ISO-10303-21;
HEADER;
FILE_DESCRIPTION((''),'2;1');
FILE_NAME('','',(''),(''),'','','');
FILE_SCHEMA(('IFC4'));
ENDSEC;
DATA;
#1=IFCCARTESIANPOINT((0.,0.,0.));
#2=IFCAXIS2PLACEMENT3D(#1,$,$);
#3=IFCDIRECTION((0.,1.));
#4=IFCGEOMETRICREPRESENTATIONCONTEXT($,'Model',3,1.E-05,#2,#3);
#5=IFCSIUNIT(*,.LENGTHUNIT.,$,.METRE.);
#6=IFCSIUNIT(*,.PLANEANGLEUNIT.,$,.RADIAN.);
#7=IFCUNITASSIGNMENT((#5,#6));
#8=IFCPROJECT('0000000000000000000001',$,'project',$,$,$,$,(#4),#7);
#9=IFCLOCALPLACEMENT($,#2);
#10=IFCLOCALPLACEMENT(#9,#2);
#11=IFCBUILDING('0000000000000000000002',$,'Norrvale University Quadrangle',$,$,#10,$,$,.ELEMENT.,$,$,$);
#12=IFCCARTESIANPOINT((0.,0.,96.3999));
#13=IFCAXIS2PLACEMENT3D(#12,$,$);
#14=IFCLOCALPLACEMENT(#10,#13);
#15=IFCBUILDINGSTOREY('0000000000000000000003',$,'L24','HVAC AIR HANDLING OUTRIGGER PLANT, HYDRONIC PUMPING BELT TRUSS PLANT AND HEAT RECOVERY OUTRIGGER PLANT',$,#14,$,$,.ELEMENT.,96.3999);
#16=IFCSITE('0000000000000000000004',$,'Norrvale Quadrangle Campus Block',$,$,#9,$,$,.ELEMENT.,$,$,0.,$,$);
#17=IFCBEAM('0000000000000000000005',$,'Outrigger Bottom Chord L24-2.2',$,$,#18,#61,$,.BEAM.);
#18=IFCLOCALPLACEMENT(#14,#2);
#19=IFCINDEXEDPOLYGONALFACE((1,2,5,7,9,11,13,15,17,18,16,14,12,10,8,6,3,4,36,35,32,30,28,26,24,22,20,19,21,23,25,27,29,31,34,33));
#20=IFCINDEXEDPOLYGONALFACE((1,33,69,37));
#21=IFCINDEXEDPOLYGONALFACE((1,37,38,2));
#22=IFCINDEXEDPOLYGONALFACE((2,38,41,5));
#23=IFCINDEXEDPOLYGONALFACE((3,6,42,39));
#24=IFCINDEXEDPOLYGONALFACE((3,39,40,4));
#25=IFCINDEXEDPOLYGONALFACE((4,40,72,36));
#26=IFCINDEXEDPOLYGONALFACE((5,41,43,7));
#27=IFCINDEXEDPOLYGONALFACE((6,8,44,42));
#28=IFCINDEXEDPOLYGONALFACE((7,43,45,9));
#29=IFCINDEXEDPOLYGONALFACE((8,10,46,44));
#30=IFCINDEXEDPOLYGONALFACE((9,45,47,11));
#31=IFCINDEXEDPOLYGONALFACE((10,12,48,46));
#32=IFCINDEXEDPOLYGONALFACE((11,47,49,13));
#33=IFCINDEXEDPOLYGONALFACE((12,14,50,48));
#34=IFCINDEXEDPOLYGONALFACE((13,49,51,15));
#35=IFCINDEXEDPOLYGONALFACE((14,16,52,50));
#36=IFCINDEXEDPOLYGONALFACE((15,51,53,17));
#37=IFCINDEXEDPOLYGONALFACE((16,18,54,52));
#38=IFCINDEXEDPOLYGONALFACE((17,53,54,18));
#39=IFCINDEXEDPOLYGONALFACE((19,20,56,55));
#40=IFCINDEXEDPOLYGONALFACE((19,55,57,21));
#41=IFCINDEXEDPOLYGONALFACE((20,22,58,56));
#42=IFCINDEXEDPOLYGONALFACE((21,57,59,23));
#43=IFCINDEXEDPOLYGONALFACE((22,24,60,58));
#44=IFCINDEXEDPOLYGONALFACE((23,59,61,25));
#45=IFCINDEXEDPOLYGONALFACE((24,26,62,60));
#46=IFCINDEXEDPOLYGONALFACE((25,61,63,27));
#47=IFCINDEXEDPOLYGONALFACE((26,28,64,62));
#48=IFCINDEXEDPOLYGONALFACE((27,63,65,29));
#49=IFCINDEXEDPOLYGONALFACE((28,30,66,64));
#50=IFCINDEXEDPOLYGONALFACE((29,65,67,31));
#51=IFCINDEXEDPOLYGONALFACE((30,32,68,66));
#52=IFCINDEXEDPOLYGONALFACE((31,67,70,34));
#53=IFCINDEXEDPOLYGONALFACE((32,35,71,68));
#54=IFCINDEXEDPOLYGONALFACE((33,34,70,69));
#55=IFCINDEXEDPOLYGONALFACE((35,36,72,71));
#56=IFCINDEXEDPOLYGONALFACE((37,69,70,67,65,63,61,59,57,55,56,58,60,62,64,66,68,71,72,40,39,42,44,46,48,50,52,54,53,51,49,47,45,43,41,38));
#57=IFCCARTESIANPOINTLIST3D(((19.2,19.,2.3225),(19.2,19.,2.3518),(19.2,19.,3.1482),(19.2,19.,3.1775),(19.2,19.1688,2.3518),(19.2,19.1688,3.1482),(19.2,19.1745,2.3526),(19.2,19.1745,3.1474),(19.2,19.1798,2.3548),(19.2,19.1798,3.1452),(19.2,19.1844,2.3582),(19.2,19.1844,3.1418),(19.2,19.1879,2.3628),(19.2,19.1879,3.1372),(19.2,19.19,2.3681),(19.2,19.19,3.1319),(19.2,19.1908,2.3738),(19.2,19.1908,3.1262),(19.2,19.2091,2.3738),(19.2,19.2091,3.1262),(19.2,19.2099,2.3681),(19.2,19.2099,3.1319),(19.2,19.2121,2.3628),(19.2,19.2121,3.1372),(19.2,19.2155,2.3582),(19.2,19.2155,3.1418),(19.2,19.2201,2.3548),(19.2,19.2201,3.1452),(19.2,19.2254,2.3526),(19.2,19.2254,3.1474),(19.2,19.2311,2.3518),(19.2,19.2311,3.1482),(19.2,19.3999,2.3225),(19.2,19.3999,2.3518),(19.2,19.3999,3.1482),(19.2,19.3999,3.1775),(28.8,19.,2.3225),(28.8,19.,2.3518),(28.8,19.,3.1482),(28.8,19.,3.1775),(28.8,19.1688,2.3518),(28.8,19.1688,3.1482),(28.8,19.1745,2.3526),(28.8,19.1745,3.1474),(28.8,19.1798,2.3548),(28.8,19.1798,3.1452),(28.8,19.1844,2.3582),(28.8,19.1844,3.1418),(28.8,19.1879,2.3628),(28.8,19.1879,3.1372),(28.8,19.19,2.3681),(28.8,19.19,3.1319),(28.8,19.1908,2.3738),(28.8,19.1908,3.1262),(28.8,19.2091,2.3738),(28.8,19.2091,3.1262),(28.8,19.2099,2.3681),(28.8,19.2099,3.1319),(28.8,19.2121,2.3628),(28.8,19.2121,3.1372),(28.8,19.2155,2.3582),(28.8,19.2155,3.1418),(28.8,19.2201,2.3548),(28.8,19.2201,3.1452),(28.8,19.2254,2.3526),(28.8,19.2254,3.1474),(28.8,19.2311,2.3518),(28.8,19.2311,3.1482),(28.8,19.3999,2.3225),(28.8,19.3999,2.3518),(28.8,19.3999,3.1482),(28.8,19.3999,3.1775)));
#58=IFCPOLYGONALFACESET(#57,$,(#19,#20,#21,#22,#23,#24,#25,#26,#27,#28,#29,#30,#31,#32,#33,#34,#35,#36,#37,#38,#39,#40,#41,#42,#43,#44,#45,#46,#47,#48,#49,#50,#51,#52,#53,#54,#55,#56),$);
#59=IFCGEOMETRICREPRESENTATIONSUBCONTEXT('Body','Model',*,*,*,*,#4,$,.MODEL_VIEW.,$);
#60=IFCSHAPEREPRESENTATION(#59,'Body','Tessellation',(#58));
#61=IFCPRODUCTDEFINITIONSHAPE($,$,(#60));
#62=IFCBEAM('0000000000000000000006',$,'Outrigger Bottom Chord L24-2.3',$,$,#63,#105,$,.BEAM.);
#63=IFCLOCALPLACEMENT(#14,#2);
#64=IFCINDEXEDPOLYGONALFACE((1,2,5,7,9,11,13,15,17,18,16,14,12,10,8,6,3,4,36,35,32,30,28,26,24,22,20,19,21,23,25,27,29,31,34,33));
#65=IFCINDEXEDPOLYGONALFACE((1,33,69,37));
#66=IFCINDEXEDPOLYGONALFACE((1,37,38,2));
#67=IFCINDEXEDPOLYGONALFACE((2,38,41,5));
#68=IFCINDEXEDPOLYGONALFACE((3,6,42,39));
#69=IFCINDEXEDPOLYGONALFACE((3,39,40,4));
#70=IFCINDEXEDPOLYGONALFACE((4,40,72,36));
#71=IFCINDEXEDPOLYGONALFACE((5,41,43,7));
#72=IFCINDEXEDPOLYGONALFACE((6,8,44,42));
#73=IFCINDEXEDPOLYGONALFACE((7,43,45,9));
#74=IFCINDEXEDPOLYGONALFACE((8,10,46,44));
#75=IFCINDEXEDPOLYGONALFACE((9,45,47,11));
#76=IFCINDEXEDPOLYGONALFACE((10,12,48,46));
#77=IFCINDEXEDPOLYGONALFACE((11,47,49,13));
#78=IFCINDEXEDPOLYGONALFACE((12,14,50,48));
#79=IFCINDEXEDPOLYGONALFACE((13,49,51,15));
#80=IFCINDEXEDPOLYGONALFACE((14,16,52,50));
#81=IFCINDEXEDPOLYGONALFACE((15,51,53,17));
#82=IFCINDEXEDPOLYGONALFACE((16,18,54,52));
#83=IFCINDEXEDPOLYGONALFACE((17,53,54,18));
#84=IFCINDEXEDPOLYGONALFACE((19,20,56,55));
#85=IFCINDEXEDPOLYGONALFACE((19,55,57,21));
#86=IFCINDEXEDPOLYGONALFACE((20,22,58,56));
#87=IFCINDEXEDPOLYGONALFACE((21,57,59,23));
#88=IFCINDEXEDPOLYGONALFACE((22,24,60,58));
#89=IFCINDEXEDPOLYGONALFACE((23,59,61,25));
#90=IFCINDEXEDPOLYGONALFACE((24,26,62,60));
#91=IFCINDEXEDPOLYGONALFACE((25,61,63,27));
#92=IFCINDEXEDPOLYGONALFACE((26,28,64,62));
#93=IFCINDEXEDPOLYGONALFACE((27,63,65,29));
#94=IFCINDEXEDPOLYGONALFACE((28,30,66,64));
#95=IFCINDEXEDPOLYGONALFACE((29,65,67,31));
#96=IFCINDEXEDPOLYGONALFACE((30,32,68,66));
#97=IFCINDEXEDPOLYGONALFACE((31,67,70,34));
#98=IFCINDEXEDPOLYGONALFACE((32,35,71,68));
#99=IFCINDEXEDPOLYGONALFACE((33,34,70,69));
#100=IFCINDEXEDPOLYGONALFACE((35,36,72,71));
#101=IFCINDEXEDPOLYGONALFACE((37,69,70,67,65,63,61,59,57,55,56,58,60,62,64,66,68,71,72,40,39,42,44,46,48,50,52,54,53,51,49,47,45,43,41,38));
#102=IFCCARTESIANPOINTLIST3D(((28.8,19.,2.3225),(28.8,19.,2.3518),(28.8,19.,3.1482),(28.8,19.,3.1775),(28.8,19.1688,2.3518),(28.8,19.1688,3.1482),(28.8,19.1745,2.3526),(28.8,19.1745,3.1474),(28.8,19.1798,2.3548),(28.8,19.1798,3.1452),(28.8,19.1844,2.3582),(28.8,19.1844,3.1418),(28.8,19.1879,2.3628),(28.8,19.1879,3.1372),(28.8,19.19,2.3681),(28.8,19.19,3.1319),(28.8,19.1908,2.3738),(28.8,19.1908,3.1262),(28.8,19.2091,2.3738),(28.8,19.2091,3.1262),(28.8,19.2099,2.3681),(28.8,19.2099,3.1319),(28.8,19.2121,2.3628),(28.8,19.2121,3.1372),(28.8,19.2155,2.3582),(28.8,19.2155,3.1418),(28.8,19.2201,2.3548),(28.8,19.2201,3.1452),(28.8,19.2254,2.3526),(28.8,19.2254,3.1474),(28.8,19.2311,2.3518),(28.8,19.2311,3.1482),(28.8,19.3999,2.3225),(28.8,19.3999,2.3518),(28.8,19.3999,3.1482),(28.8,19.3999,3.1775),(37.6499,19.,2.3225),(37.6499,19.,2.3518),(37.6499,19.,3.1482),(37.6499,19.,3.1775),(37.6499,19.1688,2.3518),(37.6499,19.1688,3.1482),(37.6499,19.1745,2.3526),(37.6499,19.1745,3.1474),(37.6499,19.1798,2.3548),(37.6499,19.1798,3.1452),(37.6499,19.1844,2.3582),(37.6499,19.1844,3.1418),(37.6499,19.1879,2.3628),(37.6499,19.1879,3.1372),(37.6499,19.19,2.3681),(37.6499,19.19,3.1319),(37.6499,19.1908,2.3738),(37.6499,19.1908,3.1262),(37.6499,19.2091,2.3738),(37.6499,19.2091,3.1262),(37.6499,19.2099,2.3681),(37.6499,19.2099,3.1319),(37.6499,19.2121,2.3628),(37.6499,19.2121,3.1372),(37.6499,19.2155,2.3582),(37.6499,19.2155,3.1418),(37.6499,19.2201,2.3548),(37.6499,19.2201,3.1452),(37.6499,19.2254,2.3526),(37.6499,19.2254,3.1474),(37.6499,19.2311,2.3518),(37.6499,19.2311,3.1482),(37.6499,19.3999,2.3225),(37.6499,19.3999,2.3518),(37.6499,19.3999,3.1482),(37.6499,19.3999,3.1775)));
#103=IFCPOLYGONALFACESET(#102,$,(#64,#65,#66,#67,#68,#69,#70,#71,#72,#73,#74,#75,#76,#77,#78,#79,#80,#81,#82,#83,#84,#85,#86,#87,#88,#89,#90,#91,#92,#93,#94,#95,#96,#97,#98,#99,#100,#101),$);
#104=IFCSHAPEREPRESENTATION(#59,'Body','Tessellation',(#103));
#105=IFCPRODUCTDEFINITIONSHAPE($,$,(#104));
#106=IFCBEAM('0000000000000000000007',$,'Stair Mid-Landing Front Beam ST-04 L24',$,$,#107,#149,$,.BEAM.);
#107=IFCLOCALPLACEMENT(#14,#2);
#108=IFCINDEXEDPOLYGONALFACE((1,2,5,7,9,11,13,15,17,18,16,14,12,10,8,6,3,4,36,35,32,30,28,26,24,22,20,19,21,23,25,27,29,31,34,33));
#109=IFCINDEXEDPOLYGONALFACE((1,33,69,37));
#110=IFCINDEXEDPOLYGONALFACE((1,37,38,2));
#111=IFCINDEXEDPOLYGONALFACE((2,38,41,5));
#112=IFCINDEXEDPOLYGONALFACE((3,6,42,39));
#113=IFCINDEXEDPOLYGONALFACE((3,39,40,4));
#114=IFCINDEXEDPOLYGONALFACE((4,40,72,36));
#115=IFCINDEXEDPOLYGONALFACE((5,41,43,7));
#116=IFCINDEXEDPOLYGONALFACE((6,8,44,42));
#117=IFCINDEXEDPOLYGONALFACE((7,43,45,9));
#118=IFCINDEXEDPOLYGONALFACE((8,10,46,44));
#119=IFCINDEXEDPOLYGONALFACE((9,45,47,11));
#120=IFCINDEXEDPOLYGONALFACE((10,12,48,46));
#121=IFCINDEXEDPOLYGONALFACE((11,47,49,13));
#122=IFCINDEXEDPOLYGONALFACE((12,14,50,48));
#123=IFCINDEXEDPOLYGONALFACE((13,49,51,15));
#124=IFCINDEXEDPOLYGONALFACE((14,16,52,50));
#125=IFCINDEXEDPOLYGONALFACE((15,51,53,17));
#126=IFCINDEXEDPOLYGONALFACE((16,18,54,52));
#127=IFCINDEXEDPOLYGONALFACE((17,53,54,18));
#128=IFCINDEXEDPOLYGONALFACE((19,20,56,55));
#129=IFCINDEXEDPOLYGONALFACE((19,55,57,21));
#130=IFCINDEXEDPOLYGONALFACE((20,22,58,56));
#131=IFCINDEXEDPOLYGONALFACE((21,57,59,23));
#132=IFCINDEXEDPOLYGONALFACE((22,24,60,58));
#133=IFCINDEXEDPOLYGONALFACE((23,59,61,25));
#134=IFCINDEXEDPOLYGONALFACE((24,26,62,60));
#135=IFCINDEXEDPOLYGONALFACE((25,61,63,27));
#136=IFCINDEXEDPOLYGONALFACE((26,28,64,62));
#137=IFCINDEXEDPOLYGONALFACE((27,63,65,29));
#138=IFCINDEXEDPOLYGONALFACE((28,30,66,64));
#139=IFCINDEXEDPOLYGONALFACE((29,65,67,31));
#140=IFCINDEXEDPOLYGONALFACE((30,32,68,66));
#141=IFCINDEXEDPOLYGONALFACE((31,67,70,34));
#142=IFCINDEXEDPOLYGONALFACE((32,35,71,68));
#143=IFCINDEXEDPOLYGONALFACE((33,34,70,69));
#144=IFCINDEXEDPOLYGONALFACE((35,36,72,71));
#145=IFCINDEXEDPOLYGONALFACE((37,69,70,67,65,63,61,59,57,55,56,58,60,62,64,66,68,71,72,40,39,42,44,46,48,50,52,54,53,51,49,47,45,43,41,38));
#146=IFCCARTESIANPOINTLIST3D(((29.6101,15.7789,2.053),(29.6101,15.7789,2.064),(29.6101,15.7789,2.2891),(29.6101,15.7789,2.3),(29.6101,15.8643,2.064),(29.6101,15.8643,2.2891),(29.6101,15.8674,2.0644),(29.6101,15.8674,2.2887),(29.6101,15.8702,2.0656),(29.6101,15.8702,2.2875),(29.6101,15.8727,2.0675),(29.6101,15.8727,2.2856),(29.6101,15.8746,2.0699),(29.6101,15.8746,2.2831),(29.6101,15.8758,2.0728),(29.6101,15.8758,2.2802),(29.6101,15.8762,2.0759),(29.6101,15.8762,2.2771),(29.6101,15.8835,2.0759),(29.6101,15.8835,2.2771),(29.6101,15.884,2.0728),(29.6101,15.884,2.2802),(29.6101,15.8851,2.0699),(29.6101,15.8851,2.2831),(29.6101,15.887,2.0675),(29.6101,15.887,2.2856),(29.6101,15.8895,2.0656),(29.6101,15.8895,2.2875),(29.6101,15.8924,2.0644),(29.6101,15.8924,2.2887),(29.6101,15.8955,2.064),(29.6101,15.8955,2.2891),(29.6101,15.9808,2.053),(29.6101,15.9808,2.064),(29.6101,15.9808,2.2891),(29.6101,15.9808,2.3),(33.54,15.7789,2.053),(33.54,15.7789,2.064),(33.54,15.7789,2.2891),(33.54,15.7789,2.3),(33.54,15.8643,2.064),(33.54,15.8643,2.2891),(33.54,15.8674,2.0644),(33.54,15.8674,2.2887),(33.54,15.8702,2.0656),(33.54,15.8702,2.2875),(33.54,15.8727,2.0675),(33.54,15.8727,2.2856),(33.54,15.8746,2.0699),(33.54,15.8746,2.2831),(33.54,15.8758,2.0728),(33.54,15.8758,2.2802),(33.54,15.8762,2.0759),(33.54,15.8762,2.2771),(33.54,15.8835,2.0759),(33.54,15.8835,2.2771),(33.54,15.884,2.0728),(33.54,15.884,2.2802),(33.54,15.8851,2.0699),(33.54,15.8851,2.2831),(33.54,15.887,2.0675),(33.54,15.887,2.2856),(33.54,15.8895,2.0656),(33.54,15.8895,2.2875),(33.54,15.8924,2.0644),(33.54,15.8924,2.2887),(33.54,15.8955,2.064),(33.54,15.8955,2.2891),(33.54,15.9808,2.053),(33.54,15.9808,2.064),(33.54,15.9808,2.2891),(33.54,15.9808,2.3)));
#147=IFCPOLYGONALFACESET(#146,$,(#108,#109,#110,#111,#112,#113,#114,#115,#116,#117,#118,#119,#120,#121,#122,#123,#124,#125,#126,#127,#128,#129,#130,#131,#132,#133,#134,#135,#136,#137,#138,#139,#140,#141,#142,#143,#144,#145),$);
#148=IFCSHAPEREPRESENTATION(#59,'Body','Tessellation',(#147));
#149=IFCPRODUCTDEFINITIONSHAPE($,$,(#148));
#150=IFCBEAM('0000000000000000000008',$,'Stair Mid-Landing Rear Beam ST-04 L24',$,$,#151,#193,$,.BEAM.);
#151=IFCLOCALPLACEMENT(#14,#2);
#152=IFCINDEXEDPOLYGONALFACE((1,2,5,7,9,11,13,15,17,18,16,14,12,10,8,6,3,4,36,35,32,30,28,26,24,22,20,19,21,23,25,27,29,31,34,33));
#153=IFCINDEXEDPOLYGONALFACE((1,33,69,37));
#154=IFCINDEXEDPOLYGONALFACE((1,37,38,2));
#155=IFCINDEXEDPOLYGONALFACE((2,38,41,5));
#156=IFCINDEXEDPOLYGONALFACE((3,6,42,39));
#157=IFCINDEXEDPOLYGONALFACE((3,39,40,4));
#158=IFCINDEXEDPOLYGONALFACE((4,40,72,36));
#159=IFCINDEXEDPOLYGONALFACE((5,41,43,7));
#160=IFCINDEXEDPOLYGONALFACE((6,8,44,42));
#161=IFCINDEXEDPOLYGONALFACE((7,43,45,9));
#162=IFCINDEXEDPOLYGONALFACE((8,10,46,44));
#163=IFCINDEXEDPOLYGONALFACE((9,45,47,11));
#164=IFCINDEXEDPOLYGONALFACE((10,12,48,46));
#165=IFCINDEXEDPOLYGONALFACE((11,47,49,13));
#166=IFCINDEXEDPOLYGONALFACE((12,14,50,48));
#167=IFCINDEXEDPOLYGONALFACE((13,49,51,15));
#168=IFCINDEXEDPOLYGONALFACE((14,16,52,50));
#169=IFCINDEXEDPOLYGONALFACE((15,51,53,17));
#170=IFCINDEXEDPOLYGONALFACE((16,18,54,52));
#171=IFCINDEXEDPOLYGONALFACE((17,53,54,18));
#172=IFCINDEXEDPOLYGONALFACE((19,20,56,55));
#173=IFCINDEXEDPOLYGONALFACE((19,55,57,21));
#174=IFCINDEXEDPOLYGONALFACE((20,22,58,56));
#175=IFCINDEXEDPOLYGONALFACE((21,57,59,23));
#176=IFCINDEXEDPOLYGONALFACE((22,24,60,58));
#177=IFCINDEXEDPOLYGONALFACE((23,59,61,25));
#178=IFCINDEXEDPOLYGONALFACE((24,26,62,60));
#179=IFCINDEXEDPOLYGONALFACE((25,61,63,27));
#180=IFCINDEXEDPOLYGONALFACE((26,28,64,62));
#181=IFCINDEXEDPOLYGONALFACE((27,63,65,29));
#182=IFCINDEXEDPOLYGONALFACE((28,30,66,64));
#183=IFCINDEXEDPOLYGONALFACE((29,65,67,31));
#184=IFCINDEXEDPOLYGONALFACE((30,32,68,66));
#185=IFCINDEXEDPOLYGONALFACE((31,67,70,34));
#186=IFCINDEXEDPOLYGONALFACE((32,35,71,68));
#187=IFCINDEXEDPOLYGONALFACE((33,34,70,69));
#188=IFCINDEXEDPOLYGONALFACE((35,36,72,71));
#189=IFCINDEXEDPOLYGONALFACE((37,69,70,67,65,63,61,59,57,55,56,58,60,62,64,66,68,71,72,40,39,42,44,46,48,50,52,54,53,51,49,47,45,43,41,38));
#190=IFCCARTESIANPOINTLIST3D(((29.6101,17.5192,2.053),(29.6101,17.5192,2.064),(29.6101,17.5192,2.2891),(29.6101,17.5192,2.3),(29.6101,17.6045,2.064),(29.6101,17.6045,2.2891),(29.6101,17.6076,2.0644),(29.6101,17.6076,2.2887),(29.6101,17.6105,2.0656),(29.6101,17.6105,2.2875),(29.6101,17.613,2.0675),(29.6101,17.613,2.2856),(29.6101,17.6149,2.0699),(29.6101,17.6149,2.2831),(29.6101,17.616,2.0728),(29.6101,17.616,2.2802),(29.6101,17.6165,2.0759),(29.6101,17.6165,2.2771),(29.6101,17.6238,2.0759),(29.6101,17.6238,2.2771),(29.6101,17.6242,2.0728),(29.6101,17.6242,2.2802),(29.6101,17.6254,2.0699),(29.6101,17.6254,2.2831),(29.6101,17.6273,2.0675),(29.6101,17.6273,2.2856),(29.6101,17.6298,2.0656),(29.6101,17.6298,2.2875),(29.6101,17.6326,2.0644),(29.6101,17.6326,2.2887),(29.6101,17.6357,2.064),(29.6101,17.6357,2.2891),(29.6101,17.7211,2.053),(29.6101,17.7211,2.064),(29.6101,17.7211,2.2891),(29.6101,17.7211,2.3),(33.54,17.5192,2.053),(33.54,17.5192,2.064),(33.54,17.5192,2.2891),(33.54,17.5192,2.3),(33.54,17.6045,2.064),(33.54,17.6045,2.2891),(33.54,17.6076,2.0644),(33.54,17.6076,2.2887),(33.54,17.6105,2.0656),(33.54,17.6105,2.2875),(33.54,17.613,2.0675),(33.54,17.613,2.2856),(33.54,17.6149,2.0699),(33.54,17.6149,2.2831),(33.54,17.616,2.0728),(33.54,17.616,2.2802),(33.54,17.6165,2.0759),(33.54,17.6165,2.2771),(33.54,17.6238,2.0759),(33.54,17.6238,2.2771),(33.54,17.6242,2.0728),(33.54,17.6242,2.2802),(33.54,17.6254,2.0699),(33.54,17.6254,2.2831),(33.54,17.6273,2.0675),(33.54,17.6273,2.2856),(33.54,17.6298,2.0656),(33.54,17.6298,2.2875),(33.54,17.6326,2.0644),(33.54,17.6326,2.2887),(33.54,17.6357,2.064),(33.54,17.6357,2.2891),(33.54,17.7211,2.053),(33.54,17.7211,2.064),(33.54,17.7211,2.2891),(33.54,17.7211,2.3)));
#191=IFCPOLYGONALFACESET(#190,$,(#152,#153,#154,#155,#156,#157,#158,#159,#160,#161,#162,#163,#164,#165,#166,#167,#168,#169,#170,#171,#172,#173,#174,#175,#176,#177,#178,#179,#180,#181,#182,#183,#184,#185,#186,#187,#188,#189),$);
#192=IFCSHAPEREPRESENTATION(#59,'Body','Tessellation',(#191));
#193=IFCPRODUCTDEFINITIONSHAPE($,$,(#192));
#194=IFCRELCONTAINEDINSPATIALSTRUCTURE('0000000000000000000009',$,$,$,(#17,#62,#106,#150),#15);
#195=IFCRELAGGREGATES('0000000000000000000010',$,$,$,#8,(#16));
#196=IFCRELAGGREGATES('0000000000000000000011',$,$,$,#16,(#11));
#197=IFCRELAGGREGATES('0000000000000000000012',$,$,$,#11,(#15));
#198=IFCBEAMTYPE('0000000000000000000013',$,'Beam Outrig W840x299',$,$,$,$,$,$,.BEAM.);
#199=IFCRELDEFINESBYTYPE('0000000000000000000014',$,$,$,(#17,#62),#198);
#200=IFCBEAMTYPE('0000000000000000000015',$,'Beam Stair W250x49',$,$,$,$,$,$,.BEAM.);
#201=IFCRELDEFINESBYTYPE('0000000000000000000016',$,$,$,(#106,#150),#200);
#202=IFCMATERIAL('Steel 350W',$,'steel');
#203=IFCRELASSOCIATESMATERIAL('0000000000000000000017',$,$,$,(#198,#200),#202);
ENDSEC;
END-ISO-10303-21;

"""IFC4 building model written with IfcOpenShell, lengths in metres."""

from ifc_helpers import new_model, si_unit, direction, frame, origin, origin_2d, place, context, subcontext, project, spatial, i_section, extrude, material, material_profile, profile_set, type_object, element, save


model = new_model("IFC4")

# Units and contexts
model_context = context("Model", 3, precision=1e-05, world=origin(), true_north=direction((0.0, 1.0)))
body_context = subcontext(model_context, "Body", "Model", "MODEL_VIEW")
ifc_project = project(units=[si_unit("LENGTHUNIT", "METRE"), si_unit("PLANEANGLEUNIT", "RADIAN")], contexts=[model_context])

# Site, building, storey
site_placement = place(None, origin())
site = spatial("IfcSite", under=ifc_project, at=site_placement, Name="Norrvale Quadrangle Campus Block", CompositionType="ELEMENT", RefElevation=0.0)
building_placement = place(site_placement, origin())
building = spatial("IfcBuilding", under=site, at=building_placement, Name="Norrvale University Quadrangle", CompositionType="ELEMENT")
storey_placement = place(building_placement, frame((0.0, 0.0, 96.3999)))
storey = spatial("IfcBuildingStorey", under=building, at=storey_placement, Name="L24", Description="HVAC AIR HANDLING OUTRIGGER PLANT, HYDRONIC PUMPING BELT TRUSS PLANT AND HEAT RECOVERY OUTRIGGER PLANT", CompositionType="ELEMENT", Elevation=96.3999)

# Beams
ifc_material_1 = material(Name="Steel 350W", Category="steel")
ifc_material_profile_1 = material_profile(ifc_material_1, i_section(OverallWidth=0.3999, OverallDepth=0.855, WebThickness=0.0183, FlangeThickness=0.0293, FilletRadius=0.022, at=origin_2d()), Name="Steel 350W")
ifc_profile_set_1 = profile_set([ifc_material_profile_1], Name="Steel 350W")
beam_type_1 = type_object("IfcBeamType", Name="Beam Outrig W840x299", PredefinedType="BEAM", material=ifc_profile_set_1)
beam_1_placement = place(storey_placement, frame((19.2, 19.2, 2.75), z_axis=(1.0, 0.0, 0.0), x_axis=(0.0, 1.0, 0.0)))
element("IfcBeam", 1, at=beam_1_placement, inside=storey, type_object=beam_type_1, Name="Outrigger Bottom Chord L24-2.2", PredefinedType="BEAM", context=body_context, shape_type="SweptSolid", body=[
    extrude(i_section(OverallWidth=0.3999, OverallDepth=0.855, WebThickness=0.0183, FlangeThickness=0.0293, FilletRadius=0.022, at=origin_2d()), origin(), (0.0, 0.0, 1.0), 9.6001),
])
beam_2_placement = place(storey_placement, frame((28.8, 19.2, 2.75), z_axis=(1.0, 0.0, 0.0), x_axis=(0.0, 1.0, 0.0)))
element("IfcBeam", 2, at=beam_2_placement, inside=storey, type_object=beam_type_1, Name="Outrigger Bottom Chord L24-2.3", PredefinedType="BEAM", context=body_context, shape_type="SweptSolid", body=[
    extrude(i_section(OverallWidth=0.3999, OverallDepth=0.855, WebThickness=0.0183, FlangeThickness=0.0293, FilletRadius=0.022, at=origin_2d()), origin(), (0.0, 0.0, 1.0), 8.8499),
])
ifc_material_profile_2 = material_profile(ifc_material_1, i_section(OverallWidth=0.2019, OverallDepth=0.2471, WebThickness=0.0073, FlangeThickness=0.011, FilletRadius=0.012, at=origin_2d()), Name="Steel 350W")
ifc_profile_set_2 = profile_set([ifc_material_profile_2], Name="Steel 350W")
beam_type_2 = type_object("IfcBeamType", Name="Beam Stair W250x49", PredefinedType="BEAM", material=ifc_profile_set_2)
for number, where, z_axis, x_axis, name in (
    (3, (29.6101, 15.8799, 2.1765), (1.0, 0.0, 0.0), (0.0, 1.0, 0.0), "Stair Mid-Landing Front Beam ST-04 L24"),
    (4, (29.6101, 17.6201, 2.1765), (1.0, 0.0, 0.0), (0.0, 1.0, 0.0), "Stair Mid-Landing Rear Beam ST-04 L24"),
):
    element("IfcBeam", number, at=place(storey_placement, frame(where, z_axis=z_axis, x_axis=x_axis)), inside=storey, type_object=beam_type_2, Name=name, PredefinedType="BEAM", context=body_context, shape_type="SweptSolid", body=[
        extrude(i_section(OverallWidth=0.2019, OverallDepth=0.2471, WebThickness=0.0073, FlangeThickness=0.011, FilletRadius=0.012, at=origin_2d()), origin(), (0.0, 0.0, 1.0), 3.9299),
    ])

save(model, "model.ifc")
